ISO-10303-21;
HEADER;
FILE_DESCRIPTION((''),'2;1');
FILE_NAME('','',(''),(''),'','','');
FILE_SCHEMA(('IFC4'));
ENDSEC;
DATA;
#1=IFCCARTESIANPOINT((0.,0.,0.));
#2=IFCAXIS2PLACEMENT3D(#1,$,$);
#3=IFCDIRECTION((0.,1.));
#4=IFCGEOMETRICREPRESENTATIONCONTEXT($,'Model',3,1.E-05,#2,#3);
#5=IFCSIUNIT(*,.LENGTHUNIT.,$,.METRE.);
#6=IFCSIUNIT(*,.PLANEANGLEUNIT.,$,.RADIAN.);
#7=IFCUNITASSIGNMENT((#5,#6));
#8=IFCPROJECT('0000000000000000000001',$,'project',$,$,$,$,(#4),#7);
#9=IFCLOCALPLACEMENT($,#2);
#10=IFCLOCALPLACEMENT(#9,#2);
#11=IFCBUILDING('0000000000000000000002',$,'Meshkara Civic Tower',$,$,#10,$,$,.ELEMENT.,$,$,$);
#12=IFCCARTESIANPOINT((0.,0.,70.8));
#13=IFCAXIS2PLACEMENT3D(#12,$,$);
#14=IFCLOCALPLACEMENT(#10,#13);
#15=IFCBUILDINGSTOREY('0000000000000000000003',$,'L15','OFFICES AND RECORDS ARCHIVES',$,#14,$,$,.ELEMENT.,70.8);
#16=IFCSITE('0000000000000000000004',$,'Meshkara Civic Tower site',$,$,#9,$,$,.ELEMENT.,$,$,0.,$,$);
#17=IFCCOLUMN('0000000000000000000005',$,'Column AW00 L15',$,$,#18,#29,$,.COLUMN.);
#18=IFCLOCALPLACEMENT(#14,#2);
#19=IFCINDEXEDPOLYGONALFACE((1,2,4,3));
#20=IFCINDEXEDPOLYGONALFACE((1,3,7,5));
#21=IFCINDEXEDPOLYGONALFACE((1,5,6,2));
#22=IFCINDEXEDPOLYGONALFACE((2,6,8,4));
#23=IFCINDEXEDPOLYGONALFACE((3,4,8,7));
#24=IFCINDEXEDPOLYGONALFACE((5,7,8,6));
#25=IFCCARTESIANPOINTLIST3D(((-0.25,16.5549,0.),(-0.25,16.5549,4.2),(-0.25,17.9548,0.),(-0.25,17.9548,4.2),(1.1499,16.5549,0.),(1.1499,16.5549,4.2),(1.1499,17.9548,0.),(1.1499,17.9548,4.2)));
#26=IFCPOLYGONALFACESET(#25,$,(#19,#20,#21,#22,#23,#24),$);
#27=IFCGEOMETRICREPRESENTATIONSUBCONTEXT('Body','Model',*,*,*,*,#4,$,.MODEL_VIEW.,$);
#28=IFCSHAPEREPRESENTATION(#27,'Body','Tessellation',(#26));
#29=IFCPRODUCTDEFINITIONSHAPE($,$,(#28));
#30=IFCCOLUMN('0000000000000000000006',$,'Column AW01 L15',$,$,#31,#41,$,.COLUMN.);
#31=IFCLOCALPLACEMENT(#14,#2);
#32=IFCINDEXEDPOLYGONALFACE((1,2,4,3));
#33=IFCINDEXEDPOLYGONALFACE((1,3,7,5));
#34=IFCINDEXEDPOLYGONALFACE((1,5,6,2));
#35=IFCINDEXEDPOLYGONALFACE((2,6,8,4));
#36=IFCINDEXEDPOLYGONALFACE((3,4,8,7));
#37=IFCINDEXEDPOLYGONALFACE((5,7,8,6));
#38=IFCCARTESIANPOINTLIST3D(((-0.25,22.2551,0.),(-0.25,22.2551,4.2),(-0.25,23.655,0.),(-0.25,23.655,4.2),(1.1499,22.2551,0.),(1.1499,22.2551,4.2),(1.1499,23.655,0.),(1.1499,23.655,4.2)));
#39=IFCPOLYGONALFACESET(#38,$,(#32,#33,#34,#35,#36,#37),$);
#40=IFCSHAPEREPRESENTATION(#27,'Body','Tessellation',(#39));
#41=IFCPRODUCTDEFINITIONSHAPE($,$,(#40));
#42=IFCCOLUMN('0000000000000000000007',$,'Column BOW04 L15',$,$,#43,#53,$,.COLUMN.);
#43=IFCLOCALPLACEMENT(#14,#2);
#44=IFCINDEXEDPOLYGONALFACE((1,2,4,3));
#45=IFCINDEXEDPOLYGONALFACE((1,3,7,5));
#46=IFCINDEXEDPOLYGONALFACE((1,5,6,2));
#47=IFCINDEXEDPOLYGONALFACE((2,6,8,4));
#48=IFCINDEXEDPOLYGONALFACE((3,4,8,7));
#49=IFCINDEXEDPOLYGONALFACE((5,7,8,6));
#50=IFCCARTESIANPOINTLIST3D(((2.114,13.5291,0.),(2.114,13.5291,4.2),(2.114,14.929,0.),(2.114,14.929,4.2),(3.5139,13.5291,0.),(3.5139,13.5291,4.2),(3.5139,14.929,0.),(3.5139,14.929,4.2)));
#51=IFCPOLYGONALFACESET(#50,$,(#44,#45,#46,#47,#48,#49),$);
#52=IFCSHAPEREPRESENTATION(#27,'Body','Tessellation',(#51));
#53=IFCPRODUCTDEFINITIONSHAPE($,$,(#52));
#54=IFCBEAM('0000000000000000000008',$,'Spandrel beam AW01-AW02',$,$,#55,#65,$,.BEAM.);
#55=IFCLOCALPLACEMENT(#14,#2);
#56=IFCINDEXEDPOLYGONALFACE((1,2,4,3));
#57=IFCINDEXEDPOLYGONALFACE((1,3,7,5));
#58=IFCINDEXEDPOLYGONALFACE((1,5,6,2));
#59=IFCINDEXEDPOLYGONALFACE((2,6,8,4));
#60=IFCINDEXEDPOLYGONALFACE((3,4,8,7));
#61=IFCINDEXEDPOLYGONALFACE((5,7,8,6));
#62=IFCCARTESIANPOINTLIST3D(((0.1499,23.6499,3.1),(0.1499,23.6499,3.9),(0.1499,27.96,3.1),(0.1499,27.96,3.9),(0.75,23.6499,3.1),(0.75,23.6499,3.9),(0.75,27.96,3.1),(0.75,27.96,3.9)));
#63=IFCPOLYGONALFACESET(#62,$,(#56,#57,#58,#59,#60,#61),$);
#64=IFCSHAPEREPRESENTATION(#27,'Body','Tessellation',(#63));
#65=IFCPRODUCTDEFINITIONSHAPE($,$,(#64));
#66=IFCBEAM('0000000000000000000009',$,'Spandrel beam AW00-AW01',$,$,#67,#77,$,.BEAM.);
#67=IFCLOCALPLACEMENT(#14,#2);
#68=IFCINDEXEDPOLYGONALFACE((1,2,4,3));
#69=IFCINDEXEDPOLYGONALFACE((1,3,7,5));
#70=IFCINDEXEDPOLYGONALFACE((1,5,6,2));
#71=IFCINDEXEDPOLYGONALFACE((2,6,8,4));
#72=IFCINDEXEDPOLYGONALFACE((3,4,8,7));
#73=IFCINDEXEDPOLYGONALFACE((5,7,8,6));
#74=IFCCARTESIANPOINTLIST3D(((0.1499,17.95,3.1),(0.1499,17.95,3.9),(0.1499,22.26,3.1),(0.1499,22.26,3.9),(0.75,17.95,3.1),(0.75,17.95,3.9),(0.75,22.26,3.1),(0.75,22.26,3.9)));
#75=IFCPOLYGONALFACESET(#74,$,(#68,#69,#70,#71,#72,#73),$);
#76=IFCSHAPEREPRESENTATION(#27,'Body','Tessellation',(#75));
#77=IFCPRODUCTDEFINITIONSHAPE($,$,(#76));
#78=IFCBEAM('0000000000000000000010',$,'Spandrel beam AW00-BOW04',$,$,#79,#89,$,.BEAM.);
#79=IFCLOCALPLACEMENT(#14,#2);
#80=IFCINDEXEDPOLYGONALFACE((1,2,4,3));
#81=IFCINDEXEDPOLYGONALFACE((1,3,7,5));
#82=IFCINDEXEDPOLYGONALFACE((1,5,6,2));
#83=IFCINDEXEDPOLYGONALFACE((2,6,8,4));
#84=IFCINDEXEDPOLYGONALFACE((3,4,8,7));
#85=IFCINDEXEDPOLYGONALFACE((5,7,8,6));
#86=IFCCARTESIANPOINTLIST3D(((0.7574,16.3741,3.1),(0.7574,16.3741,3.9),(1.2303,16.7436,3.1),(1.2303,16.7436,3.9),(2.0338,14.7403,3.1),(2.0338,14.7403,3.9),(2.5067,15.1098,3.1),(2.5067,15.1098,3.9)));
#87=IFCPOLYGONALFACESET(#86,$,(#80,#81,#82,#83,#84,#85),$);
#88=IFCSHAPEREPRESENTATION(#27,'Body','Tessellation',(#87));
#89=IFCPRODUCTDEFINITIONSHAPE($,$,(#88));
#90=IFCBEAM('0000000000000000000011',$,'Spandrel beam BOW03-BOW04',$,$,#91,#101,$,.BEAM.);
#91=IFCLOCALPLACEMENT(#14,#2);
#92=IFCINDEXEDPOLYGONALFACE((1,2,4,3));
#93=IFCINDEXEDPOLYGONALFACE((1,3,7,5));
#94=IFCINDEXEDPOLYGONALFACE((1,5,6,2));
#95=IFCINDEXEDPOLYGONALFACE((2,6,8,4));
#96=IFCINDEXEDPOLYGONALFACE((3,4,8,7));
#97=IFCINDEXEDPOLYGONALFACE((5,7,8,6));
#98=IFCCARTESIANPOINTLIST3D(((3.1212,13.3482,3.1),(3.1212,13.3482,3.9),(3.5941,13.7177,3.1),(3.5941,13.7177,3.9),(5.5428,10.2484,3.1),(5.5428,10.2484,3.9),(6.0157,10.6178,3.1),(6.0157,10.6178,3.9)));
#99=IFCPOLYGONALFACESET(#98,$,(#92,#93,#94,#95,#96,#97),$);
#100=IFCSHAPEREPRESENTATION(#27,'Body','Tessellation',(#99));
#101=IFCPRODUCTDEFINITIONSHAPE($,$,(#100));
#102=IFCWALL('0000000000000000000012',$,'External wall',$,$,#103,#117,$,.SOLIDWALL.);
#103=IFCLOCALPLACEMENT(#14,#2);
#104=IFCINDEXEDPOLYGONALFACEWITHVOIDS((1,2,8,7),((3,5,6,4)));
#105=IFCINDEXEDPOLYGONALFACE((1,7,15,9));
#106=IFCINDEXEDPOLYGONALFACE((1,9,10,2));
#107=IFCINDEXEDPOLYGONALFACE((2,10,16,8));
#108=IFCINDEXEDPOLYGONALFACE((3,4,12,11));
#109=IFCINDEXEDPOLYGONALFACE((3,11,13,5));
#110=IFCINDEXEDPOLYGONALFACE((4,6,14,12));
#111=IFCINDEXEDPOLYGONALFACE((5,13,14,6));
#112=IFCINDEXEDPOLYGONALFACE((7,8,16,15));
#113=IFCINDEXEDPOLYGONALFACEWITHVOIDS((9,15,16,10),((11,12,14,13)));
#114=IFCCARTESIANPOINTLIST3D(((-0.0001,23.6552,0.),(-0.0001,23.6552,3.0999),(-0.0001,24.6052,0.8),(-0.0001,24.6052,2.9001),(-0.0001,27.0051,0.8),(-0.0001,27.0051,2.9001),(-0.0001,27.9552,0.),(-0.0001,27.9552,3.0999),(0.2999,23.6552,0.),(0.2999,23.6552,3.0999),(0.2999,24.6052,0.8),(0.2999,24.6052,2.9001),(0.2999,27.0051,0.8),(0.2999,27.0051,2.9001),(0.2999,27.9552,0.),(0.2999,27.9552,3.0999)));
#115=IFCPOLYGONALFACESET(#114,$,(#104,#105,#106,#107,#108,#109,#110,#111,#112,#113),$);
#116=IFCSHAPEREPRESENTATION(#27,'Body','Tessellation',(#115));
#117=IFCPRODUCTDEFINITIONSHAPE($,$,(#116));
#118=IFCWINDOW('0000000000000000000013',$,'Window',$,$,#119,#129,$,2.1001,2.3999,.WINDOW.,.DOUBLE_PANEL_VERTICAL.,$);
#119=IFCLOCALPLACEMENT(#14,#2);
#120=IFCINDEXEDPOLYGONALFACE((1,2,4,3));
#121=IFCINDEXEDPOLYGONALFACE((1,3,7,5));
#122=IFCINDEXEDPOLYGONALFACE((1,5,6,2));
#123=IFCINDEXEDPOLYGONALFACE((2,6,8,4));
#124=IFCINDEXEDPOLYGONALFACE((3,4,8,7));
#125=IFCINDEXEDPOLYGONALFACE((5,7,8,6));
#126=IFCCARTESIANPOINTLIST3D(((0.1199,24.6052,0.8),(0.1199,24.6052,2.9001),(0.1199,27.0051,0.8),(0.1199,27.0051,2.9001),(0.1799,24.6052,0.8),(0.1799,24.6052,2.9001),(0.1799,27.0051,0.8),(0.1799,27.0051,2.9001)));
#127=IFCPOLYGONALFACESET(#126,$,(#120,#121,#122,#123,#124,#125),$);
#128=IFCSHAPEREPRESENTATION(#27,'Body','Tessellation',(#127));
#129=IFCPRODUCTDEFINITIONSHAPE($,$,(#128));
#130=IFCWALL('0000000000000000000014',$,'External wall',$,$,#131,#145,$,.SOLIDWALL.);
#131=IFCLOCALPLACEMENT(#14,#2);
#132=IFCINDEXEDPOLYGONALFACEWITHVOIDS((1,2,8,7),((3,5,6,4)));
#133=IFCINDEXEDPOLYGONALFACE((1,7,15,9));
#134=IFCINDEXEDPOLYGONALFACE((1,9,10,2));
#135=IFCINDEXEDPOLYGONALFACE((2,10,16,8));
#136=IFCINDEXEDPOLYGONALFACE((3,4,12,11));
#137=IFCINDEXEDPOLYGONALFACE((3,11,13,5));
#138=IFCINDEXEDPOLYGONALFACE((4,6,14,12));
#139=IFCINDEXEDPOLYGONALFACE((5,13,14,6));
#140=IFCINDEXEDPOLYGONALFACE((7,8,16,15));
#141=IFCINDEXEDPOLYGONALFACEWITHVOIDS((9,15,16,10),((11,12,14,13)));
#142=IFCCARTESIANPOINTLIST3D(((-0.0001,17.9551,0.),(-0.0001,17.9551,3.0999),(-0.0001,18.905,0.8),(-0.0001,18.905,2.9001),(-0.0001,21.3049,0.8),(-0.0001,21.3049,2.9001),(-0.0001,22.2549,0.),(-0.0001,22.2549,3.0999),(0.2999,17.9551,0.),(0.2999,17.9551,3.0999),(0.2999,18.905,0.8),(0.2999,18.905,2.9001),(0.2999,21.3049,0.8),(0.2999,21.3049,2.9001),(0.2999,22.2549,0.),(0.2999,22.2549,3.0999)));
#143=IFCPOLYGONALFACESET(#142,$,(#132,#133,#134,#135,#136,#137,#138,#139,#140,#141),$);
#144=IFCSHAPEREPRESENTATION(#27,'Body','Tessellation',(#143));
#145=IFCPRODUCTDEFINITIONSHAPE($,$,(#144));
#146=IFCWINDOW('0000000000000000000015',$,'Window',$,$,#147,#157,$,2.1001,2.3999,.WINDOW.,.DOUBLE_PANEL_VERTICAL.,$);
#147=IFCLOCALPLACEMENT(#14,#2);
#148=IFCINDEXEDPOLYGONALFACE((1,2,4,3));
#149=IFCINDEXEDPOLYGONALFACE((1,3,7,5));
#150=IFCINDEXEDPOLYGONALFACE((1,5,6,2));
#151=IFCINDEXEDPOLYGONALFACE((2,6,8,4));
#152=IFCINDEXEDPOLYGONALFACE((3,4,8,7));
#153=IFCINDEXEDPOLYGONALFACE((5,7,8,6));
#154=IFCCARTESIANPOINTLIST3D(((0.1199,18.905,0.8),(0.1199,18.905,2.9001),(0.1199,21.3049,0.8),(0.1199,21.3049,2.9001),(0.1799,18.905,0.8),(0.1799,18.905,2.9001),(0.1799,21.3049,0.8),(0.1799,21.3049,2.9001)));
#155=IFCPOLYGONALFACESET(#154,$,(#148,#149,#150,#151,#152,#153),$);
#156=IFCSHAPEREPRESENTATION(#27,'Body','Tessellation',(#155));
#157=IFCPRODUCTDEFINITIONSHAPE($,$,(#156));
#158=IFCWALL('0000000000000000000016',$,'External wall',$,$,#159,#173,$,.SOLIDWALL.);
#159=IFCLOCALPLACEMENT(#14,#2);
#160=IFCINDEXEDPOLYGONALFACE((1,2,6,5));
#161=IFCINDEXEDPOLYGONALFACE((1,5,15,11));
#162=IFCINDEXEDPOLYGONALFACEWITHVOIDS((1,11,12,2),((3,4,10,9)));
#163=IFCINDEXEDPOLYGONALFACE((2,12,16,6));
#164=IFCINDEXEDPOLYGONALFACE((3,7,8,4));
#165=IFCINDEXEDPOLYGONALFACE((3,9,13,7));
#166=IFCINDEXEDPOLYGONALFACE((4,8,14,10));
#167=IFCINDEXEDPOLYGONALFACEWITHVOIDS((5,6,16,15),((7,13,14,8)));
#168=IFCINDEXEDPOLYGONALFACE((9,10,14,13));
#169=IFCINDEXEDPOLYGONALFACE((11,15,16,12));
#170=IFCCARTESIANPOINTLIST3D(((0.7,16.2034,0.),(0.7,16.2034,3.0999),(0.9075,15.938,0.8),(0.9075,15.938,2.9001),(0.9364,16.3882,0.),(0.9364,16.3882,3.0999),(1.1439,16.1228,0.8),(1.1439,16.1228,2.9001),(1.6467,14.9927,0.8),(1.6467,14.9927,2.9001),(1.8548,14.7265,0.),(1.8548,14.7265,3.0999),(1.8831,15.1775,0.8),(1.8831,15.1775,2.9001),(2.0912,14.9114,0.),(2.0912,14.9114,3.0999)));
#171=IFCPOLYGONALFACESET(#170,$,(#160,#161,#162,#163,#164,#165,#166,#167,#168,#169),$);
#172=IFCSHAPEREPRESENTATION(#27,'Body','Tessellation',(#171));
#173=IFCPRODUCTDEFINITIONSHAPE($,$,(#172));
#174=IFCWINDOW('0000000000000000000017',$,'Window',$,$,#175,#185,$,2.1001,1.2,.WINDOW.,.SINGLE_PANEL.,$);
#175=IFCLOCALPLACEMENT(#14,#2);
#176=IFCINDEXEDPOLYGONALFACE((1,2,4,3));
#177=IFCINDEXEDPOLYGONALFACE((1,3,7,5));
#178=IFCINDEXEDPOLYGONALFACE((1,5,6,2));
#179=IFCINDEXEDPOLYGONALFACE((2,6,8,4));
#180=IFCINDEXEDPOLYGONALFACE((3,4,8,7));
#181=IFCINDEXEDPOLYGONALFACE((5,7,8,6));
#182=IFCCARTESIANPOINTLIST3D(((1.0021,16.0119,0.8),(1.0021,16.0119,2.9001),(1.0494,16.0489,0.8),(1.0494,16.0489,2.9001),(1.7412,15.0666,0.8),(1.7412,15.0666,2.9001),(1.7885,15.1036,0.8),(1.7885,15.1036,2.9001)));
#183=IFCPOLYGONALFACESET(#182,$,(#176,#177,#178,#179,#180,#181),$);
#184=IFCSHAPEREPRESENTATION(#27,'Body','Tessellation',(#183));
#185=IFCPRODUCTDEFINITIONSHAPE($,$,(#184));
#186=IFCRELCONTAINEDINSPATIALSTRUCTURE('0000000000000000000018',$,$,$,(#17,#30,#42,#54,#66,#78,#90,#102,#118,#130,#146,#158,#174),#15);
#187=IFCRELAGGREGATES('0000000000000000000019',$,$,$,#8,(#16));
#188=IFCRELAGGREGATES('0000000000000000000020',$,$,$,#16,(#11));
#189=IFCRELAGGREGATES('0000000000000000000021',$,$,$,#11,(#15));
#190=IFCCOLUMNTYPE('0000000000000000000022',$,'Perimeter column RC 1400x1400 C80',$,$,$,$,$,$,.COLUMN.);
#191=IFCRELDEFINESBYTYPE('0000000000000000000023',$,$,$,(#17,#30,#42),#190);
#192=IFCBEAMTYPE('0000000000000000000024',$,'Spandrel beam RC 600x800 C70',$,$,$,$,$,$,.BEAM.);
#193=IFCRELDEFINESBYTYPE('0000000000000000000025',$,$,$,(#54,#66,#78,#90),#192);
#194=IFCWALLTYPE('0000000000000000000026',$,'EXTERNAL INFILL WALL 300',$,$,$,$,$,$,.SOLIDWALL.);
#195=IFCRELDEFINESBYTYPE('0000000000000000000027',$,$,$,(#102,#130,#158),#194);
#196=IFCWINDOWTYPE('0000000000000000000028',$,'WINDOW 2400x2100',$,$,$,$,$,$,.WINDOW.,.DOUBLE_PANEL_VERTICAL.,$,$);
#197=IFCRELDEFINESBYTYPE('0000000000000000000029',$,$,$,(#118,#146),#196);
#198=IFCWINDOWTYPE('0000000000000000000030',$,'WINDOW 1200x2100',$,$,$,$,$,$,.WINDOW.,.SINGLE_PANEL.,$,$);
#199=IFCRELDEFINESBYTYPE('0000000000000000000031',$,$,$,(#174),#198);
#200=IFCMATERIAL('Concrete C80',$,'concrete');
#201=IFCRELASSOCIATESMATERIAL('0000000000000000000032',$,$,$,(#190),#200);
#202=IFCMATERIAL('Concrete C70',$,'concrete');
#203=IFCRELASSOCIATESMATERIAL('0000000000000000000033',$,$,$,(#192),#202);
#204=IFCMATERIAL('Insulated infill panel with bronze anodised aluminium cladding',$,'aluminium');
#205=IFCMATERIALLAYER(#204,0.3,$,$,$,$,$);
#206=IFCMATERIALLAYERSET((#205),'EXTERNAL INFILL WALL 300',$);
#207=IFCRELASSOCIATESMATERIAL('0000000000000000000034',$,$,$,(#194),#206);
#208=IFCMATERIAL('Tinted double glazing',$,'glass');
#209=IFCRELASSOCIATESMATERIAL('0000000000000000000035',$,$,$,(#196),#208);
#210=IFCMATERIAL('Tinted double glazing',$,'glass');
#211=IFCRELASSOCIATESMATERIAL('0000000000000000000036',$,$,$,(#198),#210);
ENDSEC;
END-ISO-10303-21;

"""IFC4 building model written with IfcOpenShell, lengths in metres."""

from ifc_helpers import new_model, si_unit, direction, frame, frame_2d, origin, origin_2d, place, context, subcontext, project, spatial, rectangle, extrude, material, layer, layer_set, material_profile, profile_set, type_object, element, fill, save


model = new_model("IFC4")

# Units and contexts
model_context = context("Model", 3, precision=1e-05, world=origin(), true_north=direction((0.0, 1.0)))
body_context = subcontext(model_context, "Body", "Model", "MODEL_VIEW")
ifc_project = project(units=[si_unit("LENGTHUNIT", "METRE"), si_unit("PLANEANGLEUNIT", "RADIAN")], contexts=[model_context])

# Site, building, storey
site_placement = place(None, origin())
site = spatial("IfcSite", under=ifc_project, at=site_placement, Name="Meshkara Civic Tower site", CompositionType="ELEMENT", RefElevation=0.0)
building_placement = place(site_placement, origin())
building = spatial("IfcBuilding", under=site, at=building_placement, Name="Meshkara Civic Tower", CompositionType="ELEMENT")
storey_placement = place(building_placement, frame((0.0, 0.0, 70.8)))
storey = spatial("IfcBuildingStorey", under=building, at=storey_placement, Name="L15", Description="OFFICES AND RECORDS ARCHIVES", CompositionType="ELEMENT", Elevation=70.8)

# Columns
ifc_material_1 = material(Name="Concrete C80", Category="concrete")
ifc_material_profile_1 = material_profile(ifc_material_1, rectangle(XDim=1.3999, YDim=1.3999, at=origin_2d()))
ifc_profile_set_1 = profile_set([ifc_material_profile_1], Name="Concrete C80")
column_type = type_object("IfcColumnType", Name="Perimeter column RC 1400x1400 C80", PredefinedType="COLUMN", material=ifc_profile_set_1)
for number, where, z_axis, x_axis, name in (
    (1, (0.45, 17.2549, 0.0), (0.0, 0.0, 1.0), (1.0, 0.0, 0.0), "Column AW00 L15"),
    (2, (0.45, 22.9551, 0.0), (0.0, 0.0, 1.0), (1.0, 0.0, 0.0), "Column AW01 L15"),
    (3, (2.814, 14.229, 0.0), (0.0, 0.0, 1.0), (1.0, 0.0, 0.0), "Column BOW04 L15"),
):
    element("IfcColumn", number, at=place(storey_placement, frame(where, z_axis=z_axis, x_axis=x_axis)), inside=storey, type_object=column_type, Name=name, PredefinedType="COLUMN", context=body_context, shape_type="SweptSolid", body=[
        extrude(rectangle(XDim=1.3999, YDim=1.3999, at=origin_2d()), origin(), (0.0, 0.0, 1.0), 4.2),
    ])

# Beams
ifc_material_2 = material(Name="Concrete C70", Category="concrete")
ifc_material_profile_2 = material_profile(ifc_material_2, rectangle(XDim=0.6001, YDim=0.8, at=origin_2d()))
ifc_profile_set_2 = profile_set([ifc_material_profile_2], Name="Concrete C70")
beam_type = type_object("IfcBeamType", Name="Spandrel beam RC 600x800 C70", PredefinedType="BEAM", material=ifc_profile_set_2)
for number, where, z_axis, x_axis, name in (
    (4, (0.45, 27.96, 3.5), (0.0, -1.0, 0.0), (1.0, 0.0, 0.0), "Spandrel beam AW01-AW02"),
    (5, (0.45, 22.26, 3.5), (0.0, -1.0, 0.0), (1.0, 0.0, 0.0), "Spandrel beam AW00-AW01"),
):
    element("IfcBeam", number, at=place(storey_placement, frame(where, z_axis=z_axis, x_axis=x_axis)), inside=storey, type_object=beam_type, Name=name, PredefinedType="BEAM", context=body_context, shape_type="SweptSolid", body=[
        extrude(rectangle(XDim=0.6001, YDim=0.8, at=origin_2d()), origin(), (0.0, 0.0, 1.0), 4.3101),
    ])
beam_1_placement = place(storey_placement, frame((0.9939, 16.5588, 3.5), z_axis=(0.615635, -0.788032, 0.0), x_axis=(0.788032, 0.615635, 0.0)))
element("IfcBeam", 6, at=beam_1_placement, inside=storey, type_object=beam_type, Name="Spandrel beam AW00-BOW04", PredefinedType="BEAM", context=body_context, shape_type="SweptSolid", body=[
    extrude(rectangle(XDim=0.6001, YDim=0.8, at=origin_2d()), origin(), (0.0, 0.0, 1.0), 2.0732),
])
beam_2_placement = place(storey_placement, frame((3.3577, 13.533, 3.5), z_axis=(0.615624, -0.78804, 0.0), x_axis=(0.78804, 0.615624, 0.0)))
element("IfcBeam", 7, at=beam_2_placement, inside=storey, type_object=beam_type, Name="Spandrel beam BOW03-BOW04", PredefinedType="BEAM", context=body_context, shape_type="SweptSolid", body=[
    extrude(rectangle(XDim=0.6001, YDim=0.8, at=origin_2d()), origin(), (0.0, 0.0, 1.0), 3.9336),
])

# Walls, openings, windows
ifc_material_3 = material(Name="Insulated infill panel with bronze anodised aluminium cladding", Category="aluminium")
ifc_layer = layer(ifc_material_3, 0.3)
ifc_layer_set = layer_set([ifc_layer], Name="EXTERNAL INFILL WALL 300")
wall_type = type_object("IfcWallType", Name="EXTERNAL INFILL WALL 300", PredefinedType="SOLIDWALL", material=ifc_layer_set)
wall_1_placement = place(storey_placement, frame((0.1499, 27.9551, 0.0), z_axis=(0.0, 0.0, 1.0), x_axis=(0.0, -1.0, 0.0)))
wall_1 = element("IfcWall", 8, at=wall_1_placement, inside=storey, type_object=wall_type, Name="External wall", PredefinedType="SOLIDWALL", context=body_context, shape_type="SweptSolid", body=[
    extrude(rectangle(XDim=4.3, YDim=0.3, at=frame_2d((2.1499, 0.0))), origin(), (0.0, 0.0, 1.0), 3.0999),
])
opening_1_placement = place(wall_1_placement, frame((0.95, 0.0, 0.8)))
opening_1 = element("IfcOpeningElement", 9, at=opening_1_placement, cuts=wall_1, PredefinedType="OPENING", context=body_context, shape_type="SweptSolid", body=[
    extrude(rectangle(XDim=2.3999, YDim=2.1001, at=frame_2d((1.2, 1.05))), frame((0.0, 0.1599, 0.0), z_axis=(0.0, -1.0, 0.0), x_axis=(1.0, 0.0, 0.0)), (0.0, 0.0, 1.0), 0.3201),
])
ifc_material_4 = material(Name="Tinted double glazing", Category="glass")
window_type_1 = type_object("IfcWindowType", Name="WINDOW 2400x2100", PartitioningType="DOUBLE_PANEL_VERTICAL", PredefinedType="WINDOW", material=ifc_material_4)
window_1_placement = place(opening_1_placement, origin())
window_1 = element("IfcWindow", 10, at=window_1_placement, inside=storey, type_object=window_type_1, Name="Window", OverallHeight=2.1001, OverallWidth=2.3999, PartitioningType="DOUBLE_PANEL_VERTICAL", PredefinedType="WINDOW", context=body_context, shape_type="SweptSolid", body=[
    extrude(rectangle(XDim=2.3999, YDim=2.1001, at=frame_2d((1.2, 1.05))), frame((0.0, 0.03, 0.0), z_axis=(0.0, -1.0, 0.0), x_axis=(1.0, 0.0, 0.0)), (0.0, 0.0, 1.0), 0.0601),
])
fill(opening_1, window_1)
wall_2_placement = place(storey_placement, frame((0.1499, 22.2549, 0.0), z_axis=(0.0, 0.0, 1.0), x_axis=(0.0, -1.0, 0.0)))
wall_2 = element("IfcWall", 11, at=wall_2_placement, inside=storey, type_object=wall_type, Name="External wall", PredefinedType="SOLIDWALL", context=body_context, shape_type="SweptSolid", body=[
    extrude(rectangle(XDim=4.2998, YDim=0.3, at=frame_2d((2.1499, 0.0))), origin(), (0.0, 0.0, 1.0), 3.0999),
])
opening_2_placement = place(wall_2_placement, frame((0.95, 0.0, 0.8)))
opening_2 = element("IfcOpeningElement", 12, at=opening_2_placement, cuts=wall_2, PredefinedType="OPENING", context=body_context, shape_type="SweptSolid", body=[
    extrude(rectangle(XDim=2.3999, YDim=2.1001, at=frame_2d((1.2, 1.05))), frame((0.0, 0.1599, 0.0), z_axis=(0.0, -1.0, 0.0), x_axis=(1.0, 0.0, 0.0)), (0.0, 0.0, 1.0), 0.3201),
])
window_2_placement = place(opening_2_placement, origin())
window_2 = element("IfcWindow", 13, at=window_2_placement, inside=storey, type_object=window_type_1, Name="Window", OverallHeight=2.1001, OverallWidth=2.3999, PartitioningType="DOUBLE_PANEL_VERTICAL", PredefinedType="WINDOW", context=body_context, shape_type="SweptSolid", body=[
    extrude(rectangle(XDim=2.3999, YDim=2.1001, at=frame_2d((1.2, 1.05))), frame((0.0, 0.03, 0.0), z_axis=(0.0, -1.0, 0.0), x_axis=(1.0, 0.0, 0.0)), (0.0, 0.0, 1.0), 0.0601),
])
fill(opening_2, window_2)
wall_3_placement = place(storey_placement, frame((0.8181, 16.2959, 0.0), z_axis=(0.0, 0.0, 1.0), x_axis=(0.615985, -0.787758, 0.0)))
wall_3 = element("IfcWall", 14, at=wall_3_placement, inside=storey, type_object=wall_type, Name="External wall", PredefinedType="SOLIDWALL", context=body_context, shape_type="SweptSolid", body=[
    extrude(rectangle(XDim=1.8748, YDim=0.3, at=frame_2d((0.9375, 0.0))), origin(), (0.0, 0.0, 1.0), 3.0999),
])
opening_3_placement = place(wall_3_placement, frame((0.3369, 0.0, 0.8)))
opening_3 = element("IfcOpeningElement", 15, at=opening_3_placement, cuts=wall_3, PredefinedType="OPENING", context=body_context, shape_type="SweptSolid", body=[
    extrude(rectangle(XDim=1.2, YDim=2.1001, at=frame_2d((0.6001, 1.05))), frame((0.0, 0.1599, 0.0), z_axis=(0.0, -1.0, 0.0), x_axis=(1.0, 0.0, 0.0)), (0.0, 0.0, 1.0), 0.3201),
])
ifc_material_5 = material(Name="Tinted double glazing", Category="glass")
window_type_2 = type_object("IfcWindowType", Name="WINDOW 1200x2100", PartitioningType="SINGLE_PANEL", PredefinedType="WINDOW", material=ifc_material_5)
window_3_placement = place(opening_3_placement, origin())
window_3 = element("IfcWindow", 16, at=window_3_placement, inside=storey, type_object=window_type_2, Name="Window", OverallHeight=2.1001, OverallWidth=1.2, PartitioningType="SINGLE_PANEL", PredefinedType="WINDOW", context=body_context, shape_type="SweptSolid", body=[
    extrude(rectangle(XDim=1.2, YDim=2.1001, at=frame_2d((0.6001, 1.05))), frame((0.0, 0.03, 0.0), z_axis=(0.0, -1.0, 0.0), x_axis=(1.0, 0.0, 0.0)), (0.0, 0.0, 1.0), 0.0601),
])
fill(opening_3, window_3)

save(model, "model.ifc")
